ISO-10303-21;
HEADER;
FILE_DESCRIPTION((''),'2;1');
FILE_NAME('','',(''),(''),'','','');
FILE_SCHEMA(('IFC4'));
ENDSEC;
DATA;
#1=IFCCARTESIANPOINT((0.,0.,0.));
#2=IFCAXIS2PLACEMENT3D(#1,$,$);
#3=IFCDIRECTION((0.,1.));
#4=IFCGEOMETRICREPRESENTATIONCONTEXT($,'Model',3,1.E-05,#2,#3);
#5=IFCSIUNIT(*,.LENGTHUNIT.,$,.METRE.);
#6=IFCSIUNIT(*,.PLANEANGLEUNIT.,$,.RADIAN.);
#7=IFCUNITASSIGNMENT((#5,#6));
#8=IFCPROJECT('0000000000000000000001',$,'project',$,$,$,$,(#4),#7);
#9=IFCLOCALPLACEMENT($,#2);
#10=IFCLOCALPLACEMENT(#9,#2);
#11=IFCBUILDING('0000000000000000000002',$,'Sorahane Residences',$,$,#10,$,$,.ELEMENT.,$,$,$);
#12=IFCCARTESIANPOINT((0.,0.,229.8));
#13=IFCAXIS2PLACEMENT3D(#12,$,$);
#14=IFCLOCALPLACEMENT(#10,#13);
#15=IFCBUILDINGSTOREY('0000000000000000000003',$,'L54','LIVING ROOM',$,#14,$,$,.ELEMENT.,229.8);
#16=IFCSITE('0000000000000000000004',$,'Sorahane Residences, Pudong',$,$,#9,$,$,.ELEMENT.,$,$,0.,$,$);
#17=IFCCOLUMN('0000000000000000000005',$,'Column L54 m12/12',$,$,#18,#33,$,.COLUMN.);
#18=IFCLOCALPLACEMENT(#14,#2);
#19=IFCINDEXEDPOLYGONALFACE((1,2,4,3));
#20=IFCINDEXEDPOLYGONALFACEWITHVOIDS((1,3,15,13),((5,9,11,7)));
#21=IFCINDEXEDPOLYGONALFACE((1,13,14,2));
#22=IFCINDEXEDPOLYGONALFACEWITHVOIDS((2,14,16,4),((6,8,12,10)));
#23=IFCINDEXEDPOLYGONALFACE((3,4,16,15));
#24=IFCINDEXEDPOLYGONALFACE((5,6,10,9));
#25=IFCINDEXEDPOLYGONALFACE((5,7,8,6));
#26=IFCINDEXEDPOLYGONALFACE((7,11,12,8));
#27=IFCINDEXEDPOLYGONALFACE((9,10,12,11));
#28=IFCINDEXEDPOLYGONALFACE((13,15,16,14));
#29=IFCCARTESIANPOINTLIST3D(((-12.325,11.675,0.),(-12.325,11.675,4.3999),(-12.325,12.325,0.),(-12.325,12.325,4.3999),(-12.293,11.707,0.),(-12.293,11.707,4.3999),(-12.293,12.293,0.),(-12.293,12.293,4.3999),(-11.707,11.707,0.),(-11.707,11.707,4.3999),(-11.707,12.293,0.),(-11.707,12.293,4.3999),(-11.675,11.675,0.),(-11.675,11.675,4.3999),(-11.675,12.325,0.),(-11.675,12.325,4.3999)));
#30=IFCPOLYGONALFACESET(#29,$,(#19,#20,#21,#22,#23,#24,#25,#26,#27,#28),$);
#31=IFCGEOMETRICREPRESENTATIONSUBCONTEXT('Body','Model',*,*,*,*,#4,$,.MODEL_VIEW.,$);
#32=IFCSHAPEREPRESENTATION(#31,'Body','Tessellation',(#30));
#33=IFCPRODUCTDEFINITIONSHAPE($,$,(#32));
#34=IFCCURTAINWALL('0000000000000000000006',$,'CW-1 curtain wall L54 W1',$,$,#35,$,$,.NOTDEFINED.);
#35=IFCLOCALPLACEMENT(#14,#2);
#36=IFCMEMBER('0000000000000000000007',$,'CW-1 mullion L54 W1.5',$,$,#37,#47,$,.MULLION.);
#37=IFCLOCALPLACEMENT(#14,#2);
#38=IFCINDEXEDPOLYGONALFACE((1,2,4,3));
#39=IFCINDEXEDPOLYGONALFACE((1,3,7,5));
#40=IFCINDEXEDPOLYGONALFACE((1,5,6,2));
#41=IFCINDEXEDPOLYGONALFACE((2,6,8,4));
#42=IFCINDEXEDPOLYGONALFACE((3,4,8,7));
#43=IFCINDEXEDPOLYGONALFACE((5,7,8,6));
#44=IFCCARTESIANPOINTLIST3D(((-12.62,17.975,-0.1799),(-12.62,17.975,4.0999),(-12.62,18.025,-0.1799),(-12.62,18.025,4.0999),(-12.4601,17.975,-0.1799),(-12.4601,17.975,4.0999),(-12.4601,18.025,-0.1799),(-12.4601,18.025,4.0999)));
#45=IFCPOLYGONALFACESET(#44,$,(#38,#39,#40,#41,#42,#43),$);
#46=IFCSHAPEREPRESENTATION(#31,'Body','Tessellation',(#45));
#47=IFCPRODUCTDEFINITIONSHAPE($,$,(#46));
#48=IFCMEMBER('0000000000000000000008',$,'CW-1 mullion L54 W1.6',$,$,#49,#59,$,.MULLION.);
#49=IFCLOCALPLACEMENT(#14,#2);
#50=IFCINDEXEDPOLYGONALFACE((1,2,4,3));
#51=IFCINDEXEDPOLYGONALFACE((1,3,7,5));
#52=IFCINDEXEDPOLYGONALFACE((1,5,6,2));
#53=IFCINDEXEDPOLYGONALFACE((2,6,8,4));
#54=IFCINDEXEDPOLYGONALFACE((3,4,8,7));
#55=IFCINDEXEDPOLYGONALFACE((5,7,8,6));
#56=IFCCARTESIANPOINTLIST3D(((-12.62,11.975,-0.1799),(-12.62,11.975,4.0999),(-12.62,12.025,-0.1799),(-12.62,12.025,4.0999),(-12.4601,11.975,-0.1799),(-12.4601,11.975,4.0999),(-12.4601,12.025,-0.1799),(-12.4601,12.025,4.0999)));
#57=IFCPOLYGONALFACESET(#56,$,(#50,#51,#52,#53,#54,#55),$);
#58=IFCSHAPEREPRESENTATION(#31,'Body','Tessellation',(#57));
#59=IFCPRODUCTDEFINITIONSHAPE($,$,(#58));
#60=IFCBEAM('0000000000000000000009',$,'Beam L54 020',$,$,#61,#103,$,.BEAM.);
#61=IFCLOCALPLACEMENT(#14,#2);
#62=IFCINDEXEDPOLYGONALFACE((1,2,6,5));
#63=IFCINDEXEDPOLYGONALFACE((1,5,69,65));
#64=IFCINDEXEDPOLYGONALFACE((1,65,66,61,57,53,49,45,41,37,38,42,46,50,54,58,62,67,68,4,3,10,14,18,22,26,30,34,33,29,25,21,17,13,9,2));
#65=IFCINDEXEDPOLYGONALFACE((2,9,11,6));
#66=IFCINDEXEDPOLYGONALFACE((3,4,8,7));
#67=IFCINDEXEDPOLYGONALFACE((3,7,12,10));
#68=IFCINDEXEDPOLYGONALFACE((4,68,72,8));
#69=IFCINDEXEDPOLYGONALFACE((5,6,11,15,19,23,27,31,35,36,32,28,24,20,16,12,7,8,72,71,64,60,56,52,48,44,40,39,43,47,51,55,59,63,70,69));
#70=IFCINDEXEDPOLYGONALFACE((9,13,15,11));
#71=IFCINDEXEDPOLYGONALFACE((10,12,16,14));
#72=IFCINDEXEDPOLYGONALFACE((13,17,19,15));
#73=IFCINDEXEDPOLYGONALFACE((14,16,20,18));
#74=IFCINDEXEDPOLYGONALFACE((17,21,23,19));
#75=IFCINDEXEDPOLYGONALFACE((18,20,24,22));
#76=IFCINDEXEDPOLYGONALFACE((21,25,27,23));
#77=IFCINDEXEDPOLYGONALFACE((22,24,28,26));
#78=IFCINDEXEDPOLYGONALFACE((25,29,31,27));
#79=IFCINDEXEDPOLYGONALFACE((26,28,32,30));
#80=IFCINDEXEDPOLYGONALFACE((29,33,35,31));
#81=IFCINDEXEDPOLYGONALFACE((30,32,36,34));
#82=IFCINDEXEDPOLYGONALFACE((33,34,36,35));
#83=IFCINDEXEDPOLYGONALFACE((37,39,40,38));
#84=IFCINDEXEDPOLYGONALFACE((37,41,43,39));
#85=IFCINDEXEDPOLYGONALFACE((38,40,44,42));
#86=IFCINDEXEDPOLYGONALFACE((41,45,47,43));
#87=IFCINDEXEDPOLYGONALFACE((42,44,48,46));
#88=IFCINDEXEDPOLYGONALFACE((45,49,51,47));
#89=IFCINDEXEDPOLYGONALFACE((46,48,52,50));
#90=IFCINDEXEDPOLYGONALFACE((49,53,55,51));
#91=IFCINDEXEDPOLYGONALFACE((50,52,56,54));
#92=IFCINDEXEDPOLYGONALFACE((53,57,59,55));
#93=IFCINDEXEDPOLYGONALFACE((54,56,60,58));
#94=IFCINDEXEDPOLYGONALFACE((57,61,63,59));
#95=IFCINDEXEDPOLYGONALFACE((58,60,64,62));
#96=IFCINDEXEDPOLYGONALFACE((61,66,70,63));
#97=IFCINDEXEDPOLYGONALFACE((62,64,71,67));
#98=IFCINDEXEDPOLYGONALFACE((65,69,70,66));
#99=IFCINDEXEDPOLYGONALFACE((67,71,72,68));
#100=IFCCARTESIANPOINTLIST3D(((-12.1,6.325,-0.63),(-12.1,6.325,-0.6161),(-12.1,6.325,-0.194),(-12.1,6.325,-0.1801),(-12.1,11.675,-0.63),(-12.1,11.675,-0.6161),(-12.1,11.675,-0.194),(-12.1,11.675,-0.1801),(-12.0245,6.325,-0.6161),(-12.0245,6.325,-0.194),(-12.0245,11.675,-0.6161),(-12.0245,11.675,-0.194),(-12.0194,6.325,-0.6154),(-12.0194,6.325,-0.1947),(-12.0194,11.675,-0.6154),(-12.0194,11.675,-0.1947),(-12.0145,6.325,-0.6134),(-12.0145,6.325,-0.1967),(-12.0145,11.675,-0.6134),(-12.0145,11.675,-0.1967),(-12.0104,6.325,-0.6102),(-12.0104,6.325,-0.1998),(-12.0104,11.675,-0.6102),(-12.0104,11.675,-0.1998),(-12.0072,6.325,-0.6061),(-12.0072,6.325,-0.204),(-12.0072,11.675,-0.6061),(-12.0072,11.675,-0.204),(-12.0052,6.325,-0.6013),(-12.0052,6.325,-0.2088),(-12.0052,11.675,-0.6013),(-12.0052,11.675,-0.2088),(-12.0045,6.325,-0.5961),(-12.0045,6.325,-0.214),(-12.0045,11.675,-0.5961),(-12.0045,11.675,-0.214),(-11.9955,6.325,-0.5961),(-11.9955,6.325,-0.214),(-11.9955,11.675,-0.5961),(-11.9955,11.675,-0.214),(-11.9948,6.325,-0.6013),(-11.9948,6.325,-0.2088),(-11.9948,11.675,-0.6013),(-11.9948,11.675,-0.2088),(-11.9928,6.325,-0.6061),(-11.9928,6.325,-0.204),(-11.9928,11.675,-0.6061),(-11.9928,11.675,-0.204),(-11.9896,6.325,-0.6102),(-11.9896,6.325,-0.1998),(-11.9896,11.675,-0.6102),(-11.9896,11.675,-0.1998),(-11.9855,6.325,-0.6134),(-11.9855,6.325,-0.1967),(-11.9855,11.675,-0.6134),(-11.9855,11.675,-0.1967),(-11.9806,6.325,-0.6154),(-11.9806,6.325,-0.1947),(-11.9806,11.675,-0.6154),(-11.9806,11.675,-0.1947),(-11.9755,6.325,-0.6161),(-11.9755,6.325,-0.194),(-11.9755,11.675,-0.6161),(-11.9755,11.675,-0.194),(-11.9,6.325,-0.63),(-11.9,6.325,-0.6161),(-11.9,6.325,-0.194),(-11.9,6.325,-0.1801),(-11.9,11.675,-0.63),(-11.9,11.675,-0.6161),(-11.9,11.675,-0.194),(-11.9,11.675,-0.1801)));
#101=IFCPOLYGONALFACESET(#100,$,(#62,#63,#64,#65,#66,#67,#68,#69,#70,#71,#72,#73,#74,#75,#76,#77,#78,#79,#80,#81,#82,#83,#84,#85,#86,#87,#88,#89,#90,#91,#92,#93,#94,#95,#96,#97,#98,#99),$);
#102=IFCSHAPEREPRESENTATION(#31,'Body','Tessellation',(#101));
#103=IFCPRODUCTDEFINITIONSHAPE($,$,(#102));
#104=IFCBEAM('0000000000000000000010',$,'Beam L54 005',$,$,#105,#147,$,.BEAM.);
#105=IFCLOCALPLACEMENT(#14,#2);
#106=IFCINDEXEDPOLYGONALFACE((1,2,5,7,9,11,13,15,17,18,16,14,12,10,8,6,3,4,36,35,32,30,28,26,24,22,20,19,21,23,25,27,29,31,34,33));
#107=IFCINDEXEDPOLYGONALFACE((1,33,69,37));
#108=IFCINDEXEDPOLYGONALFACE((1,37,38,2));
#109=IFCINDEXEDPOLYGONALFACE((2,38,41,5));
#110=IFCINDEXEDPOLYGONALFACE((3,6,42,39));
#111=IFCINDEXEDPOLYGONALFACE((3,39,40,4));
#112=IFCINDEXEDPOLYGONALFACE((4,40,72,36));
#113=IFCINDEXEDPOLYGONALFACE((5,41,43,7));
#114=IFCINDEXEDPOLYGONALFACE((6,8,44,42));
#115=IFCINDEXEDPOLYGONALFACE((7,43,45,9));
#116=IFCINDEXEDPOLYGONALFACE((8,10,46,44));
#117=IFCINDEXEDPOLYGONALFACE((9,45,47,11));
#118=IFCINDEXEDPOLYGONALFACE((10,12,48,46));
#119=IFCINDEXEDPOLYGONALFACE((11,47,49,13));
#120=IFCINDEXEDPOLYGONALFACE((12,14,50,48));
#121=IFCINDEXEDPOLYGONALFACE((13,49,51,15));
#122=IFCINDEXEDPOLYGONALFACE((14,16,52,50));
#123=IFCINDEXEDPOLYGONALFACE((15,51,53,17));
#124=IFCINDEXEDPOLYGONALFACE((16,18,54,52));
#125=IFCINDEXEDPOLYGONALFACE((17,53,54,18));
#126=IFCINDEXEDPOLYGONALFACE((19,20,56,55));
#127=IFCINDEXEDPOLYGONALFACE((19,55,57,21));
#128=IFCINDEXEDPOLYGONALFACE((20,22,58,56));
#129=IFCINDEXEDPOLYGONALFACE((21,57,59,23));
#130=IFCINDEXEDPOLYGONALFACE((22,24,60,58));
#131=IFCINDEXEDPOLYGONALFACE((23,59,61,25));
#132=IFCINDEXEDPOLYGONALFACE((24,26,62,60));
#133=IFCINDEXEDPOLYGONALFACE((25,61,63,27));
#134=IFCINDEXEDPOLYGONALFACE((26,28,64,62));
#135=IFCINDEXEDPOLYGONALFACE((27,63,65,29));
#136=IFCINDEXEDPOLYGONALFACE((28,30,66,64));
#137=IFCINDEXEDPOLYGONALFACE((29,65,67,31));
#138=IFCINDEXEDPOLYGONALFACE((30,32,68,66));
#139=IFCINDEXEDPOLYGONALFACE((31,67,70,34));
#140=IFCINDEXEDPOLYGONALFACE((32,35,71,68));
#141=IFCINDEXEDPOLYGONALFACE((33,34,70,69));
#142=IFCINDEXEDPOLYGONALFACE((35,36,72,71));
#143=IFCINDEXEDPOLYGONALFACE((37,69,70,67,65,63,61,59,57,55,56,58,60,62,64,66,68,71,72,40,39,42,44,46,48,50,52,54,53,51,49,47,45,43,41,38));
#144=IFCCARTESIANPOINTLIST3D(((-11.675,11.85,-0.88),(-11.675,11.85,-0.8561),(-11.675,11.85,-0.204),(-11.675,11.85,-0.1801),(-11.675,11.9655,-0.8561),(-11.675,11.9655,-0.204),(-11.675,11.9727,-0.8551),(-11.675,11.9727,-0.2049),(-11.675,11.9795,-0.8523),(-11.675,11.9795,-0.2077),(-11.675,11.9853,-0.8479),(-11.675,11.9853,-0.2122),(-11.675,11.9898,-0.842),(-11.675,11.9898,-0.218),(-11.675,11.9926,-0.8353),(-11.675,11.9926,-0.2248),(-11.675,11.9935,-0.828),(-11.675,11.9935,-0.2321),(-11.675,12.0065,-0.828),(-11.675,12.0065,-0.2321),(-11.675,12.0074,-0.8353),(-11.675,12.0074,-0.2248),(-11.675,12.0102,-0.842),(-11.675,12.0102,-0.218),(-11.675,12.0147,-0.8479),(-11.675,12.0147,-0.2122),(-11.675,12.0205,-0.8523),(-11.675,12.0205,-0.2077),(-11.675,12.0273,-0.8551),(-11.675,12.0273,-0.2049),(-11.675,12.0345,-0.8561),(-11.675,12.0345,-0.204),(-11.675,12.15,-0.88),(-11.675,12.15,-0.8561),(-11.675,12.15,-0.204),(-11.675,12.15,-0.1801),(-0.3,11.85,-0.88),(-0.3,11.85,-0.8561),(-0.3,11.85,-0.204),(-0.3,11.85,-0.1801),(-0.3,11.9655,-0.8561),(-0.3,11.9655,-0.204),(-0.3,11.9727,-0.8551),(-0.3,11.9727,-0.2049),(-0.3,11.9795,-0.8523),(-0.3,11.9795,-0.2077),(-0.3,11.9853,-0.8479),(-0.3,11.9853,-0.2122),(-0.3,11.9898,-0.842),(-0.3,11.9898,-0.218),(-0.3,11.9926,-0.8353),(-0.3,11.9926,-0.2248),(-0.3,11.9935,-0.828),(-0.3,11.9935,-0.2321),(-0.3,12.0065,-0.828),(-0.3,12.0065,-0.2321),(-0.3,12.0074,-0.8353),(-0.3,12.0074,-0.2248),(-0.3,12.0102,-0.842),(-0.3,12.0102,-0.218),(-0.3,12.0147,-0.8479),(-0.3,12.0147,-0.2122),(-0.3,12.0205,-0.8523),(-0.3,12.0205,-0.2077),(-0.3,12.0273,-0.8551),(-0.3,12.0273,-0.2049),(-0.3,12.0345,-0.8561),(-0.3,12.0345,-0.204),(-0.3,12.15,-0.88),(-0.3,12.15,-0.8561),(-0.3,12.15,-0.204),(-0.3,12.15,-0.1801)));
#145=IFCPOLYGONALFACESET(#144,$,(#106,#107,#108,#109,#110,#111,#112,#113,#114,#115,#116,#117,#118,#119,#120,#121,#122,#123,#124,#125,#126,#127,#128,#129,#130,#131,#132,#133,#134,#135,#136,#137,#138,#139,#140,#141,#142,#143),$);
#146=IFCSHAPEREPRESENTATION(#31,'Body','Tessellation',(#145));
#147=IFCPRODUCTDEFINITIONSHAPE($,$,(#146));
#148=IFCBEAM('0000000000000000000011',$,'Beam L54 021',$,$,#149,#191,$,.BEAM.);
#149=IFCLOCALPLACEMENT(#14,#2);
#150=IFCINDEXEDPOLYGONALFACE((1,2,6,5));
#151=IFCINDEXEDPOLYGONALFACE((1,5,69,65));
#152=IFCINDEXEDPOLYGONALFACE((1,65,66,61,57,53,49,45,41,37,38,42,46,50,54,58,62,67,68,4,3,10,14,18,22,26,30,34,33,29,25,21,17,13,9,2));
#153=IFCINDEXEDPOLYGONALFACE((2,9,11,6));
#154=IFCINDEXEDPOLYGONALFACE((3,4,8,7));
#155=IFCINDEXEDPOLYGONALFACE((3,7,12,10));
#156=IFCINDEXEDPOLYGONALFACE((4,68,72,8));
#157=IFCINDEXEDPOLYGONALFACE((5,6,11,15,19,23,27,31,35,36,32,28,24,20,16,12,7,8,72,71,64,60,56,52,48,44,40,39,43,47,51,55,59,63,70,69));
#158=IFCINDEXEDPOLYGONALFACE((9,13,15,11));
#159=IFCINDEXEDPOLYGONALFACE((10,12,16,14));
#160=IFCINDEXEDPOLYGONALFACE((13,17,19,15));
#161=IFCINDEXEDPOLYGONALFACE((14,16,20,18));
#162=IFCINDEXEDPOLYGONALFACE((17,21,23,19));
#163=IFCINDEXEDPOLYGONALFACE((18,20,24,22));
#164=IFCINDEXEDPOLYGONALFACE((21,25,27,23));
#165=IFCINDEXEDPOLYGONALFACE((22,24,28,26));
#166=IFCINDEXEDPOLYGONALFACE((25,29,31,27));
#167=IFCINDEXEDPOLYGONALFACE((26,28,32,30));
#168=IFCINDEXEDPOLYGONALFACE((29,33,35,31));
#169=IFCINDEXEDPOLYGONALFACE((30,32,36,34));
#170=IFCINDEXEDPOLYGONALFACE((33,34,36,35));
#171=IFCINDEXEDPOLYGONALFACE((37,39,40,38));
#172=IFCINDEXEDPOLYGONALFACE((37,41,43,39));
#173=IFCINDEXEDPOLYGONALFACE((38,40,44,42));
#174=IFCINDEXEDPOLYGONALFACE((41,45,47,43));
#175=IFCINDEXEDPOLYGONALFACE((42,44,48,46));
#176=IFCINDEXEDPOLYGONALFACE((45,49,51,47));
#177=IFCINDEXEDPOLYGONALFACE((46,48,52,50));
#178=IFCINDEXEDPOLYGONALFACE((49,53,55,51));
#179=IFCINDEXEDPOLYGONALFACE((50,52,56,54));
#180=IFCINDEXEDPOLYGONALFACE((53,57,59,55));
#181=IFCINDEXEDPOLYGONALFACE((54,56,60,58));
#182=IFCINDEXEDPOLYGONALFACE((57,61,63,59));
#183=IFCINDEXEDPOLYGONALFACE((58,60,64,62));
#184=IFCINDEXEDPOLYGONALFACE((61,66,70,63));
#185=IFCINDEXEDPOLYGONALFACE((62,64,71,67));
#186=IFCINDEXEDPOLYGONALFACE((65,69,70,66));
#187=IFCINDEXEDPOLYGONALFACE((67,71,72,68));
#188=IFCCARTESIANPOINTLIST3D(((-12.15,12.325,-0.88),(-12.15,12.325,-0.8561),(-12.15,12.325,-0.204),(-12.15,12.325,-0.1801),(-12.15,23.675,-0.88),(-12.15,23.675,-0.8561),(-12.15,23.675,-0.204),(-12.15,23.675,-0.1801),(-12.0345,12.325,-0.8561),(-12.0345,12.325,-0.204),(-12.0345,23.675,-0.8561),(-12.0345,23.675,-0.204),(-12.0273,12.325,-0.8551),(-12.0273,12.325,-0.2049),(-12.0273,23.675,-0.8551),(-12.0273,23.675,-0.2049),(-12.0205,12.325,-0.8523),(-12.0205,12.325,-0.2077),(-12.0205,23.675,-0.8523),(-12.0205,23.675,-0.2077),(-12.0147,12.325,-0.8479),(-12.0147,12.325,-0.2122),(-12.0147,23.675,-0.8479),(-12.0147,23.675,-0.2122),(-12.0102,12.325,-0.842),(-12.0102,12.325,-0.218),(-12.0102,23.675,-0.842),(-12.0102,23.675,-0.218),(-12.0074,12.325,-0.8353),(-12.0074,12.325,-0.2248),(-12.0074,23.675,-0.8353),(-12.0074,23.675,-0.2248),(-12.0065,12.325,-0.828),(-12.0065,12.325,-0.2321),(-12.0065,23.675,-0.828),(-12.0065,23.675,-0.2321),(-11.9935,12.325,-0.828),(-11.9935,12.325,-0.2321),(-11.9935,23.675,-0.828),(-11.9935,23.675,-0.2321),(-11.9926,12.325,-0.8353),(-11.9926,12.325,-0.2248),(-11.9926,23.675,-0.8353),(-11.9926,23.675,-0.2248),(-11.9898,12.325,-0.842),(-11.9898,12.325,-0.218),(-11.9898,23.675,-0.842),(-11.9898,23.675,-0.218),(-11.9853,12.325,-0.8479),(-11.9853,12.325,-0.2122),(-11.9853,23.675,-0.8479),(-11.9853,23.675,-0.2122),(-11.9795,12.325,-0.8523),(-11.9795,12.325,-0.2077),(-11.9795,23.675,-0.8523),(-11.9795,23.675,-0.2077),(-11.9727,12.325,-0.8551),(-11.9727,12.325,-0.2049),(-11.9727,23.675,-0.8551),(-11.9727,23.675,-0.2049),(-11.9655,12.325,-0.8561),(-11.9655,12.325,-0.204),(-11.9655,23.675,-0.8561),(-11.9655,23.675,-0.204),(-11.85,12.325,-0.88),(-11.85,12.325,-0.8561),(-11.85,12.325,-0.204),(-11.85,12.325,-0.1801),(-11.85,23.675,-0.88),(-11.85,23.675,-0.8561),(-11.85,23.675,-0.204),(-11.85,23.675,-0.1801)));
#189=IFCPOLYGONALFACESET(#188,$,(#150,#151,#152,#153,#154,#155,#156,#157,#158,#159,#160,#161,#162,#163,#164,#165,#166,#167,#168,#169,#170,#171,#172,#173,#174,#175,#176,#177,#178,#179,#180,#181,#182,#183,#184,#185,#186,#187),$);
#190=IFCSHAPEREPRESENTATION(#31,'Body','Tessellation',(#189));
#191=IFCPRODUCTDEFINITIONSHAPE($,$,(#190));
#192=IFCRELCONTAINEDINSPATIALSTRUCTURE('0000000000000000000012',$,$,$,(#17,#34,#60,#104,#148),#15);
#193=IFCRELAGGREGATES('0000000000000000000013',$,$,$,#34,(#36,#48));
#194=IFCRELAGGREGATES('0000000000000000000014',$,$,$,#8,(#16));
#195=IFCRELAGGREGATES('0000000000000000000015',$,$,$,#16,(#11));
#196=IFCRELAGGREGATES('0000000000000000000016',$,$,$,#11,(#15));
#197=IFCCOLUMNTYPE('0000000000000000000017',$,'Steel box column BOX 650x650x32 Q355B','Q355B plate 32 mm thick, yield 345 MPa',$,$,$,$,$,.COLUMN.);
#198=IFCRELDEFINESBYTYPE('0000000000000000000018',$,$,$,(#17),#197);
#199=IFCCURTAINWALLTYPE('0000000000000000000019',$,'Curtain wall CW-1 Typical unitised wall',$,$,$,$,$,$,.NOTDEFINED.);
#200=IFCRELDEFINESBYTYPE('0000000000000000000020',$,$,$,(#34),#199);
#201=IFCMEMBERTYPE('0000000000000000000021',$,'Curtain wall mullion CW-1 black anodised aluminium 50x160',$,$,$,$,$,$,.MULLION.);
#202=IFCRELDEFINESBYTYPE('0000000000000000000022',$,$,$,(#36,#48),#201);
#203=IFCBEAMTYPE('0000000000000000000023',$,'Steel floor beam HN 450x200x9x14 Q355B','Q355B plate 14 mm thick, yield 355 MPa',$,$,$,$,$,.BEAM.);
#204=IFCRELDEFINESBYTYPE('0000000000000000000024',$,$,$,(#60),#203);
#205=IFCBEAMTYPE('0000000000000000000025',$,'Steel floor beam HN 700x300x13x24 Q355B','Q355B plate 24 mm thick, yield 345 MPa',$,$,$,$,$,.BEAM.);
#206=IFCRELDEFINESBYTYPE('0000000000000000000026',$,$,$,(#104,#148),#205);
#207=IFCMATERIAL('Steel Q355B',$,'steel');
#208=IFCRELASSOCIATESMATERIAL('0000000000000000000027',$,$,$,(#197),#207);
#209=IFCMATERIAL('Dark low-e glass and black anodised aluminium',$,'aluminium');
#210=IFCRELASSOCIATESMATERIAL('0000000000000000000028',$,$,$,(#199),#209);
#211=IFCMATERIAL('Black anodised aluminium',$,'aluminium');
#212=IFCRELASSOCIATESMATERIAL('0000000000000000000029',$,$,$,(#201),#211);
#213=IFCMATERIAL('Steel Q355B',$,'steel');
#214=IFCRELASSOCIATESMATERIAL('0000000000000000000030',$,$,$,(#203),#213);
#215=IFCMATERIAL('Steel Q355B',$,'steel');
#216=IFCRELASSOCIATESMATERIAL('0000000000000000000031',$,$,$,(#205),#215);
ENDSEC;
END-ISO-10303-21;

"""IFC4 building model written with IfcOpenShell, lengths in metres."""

from ifc_helpers import new_model, si_unit, direction, frame, origin, origin_2d, place, context, subcontext, project, spatial, rectangle, hollow_rectangle, i_section, extrude, material, material_profile, profile_set, type_object, element, aggregate, save


model = new_model("IFC4")

# Units and contexts
model_context = context("Model", 3, precision=1e-05, world=origin(), true_north=direction((0.0, 1.0)))
body_context = subcontext(model_context, "Body", "Model", "MODEL_VIEW")
ifc_project = project(units=[si_unit("LENGTHUNIT", "METRE"), si_unit("PLANEANGLEUNIT", "RADIAN")], contexts=[model_context])

# Site, building, storey
site_placement = place(None, origin())
site = spatial("IfcSite", under=ifc_project, at=site_placement, Name="Sorahane Residences, Pudong", CompositionType="ELEMENT", RefElevation=0.0)
building_placement = place(site_placement, origin())
building = spatial("IfcBuilding", under=site, at=building_placement, Name="Sorahane Residences", CompositionType="ELEMENT")
storey_placement = place(building_placement, frame((0.0, 0.0, 229.8)))
storey = spatial("IfcBuildingStorey", under=building, at=storey_placement, Name="L54", Description="LIVING ROOM", CompositionType="ELEMENT", Elevation=229.8)

# Column
ifc_material_1 = material(Name="Steel Q355B", Category="steel")
ifc_material_profile_1 = material_profile(ifc_material_1, hollow_rectangle(XDim=0.6499, YDim=0.6499, WallThickness=0.032, at=origin_2d()), Name="BOX 650x650x32")
ifc_profile_set_1 = profile_set([ifc_material_profile_1], Name="Steel Q355B")
column_type = type_object("IfcColumnType", Name="Steel box column BOX 650x650x32 Q355B", Description="Q355B plate 32 mm thick, yield 345 MPa", PredefinedType="COLUMN", material=ifc_profile_set_1)
column_placement = place(storey_placement, frame((-12.0, 12.0, 0.0), z_axis=(0.0, 0.0, 1.0), x_axis=(1.0, 0.0, 0.0)))
element("IfcColumn", 1, at=column_placement, inside=storey, type_object=column_type, Name="Column L54 m12/12", PredefinedType="COLUMN", context=body_context, shape_type="SweptSolid", body=[
    extrude(hollow_rectangle(XDim=0.6499, YDim=0.6499, WallThickness=0.032, at=origin_2d()), origin(), (0.0, 0.0, 1.0), 4.3999),
])

# Curtain wall, members
ifc_material_2 = material(Name="Dark low-e glass and black anodised aluminium", Category="aluminium")
curtain_wall_type = type_object("IfcCurtainWallType", Name="Curtain wall CW-1 Typical unitised wall", PredefinedType="NOTDEFINED", material=ifc_material_2)
curtain_wall_placement = place(storey_placement, origin())
curtain_wall = element("IfcCurtainWall", 2, at=curtain_wall_placement, inside=storey, type_object=curtain_wall_type, Name="CW-1 curtain wall L54 W1", PredefinedType="NOTDEFINED")
ifc_material_3 = material(Name="Black anodised aluminium", Category="aluminium")
ifc_material_profile_2 = material_profile(ifc_material_3, rectangle(XDim=0.1599, YDim=0.05, at=origin_2d()), Name="Curtain wall mullion CW-1 black anodised aluminium 50x160")
ifc_profile_set_2 = profile_set([ifc_material_profile_2], Name="Black anodised aluminium")
member_type = type_object("IfcMemberType", Name="Curtain wall mullion CW-1 black anodised aluminium 50x160", PredefinedType="MULLION", material=ifc_profile_set_2)
member_1_placement = place(storey_placement, frame((-12.54, 18.0, -0.1799), z_axis=(0.0, 0.0, 1.0), x_axis=(-1.0, 0.0, 0.0)))
member_1 = element("IfcMember", 3, at=member_1_placement, type_object=member_type, Name="CW-1 mullion L54 W1.5", PredefinedType="MULLION", context=body_context, shape_type="SweptSolid", body=[
    extrude(rectangle(XDim=0.1599, YDim=0.05, at=origin_2d()), origin(), (0.0, 0.0, 1.0), 4.2798),
])
member_2_placement = place(storey_placement, frame((-12.54, 12.0, -0.1799), z_axis=(0.0, 0.0, 1.0), x_axis=(-1.0, 0.0, 0.0)))
member_2 = element("IfcMember", 4, at=member_2_placement, type_object=member_type, Name="CW-1 mullion L54 W1.6", PredefinedType="MULLION", context=body_context, shape_type="SweptSolid", body=[
    extrude(rectangle(XDim=0.1599, YDim=0.05, at=origin_2d()), origin(), (0.0, 0.0, 1.0), 4.2798),
])

# Beams
ifc_material_4 = material(Name="Steel Q355B", Category="steel")
ifc_material_profile_3 = material_profile(ifc_material_4, i_section(OverallWidth=0.2, OverallDepth=0.45, WebThickness=0.009, FlangeThickness=0.0139, FilletRadius=0.02, at=origin_2d()), Name="HN 450x200x9x14")
ifc_profile_set_3 = profile_set([ifc_material_profile_3], Name="Steel Q355B")
beam_type_1 = type_object("IfcBeamType", Name="Steel floor beam HN 450x200x9x14 Q355B", Description="Q355B plate 14 mm thick, yield 355 MPa", PredefinedType="BEAM", material=ifc_profile_set_3)
beam_1_placement = place(storey_placement, frame((-12.0, 6.325, -0.405), z_axis=(0.0, 1.0, 0.0), x_axis=(-1.0, 0.0, 0.0)))
element("IfcBeam", 5, at=beam_1_placement, inside=storey, type_object=beam_type_1, Name="Beam L54 020", PredefinedType="BEAM", context=body_context, shape_type="SweptSolid", body=[
    extrude(i_section(OverallWidth=0.2, OverallDepth=0.45, WebThickness=0.009, FlangeThickness=0.0139, FilletRadius=0.02, at=origin_2d()), origin(), (0.0, 0.0, 1.0), 5.3501),
])
ifc_material_5 = material(Name="Steel Q355B", Category="steel")
ifc_material_profile_4 = material_profile(ifc_material_5, i_section(OverallWidth=0.3, OverallDepth=0.7, WebThickness=0.0129, FlangeThickness=0.0239, FilletRadius=0.0281, at=origin_2d()), Name="HN 700x300x13x24")
ifc_profile_set_4 = profile_set([ifc_material_profile_4], Name="Steel Q355B")
beam_type_2 = type_object("IfcBeamType", Name="Steel floor beam HN 700x300x13x24 Q355B", Description="Q355B plate 24 mm thick, yield 345 MPa", PredefinedType="BEAM", material=ifc_profile_set_4)
beam_2_placement = place(storey_placement, frame((-11.675, 12.0, -0.53), z_axis=(1.0, 0.0, 0.0), x_axis=(0.0, 1.0, 0.0)))
element("IfcBeam", 6, at=beam_2_placement, inside=storey, type_object=beam_type_2, Name="Beam L54 005", PredefinedType="BEAM", context=body_context, shape_type="SweptSolid", body=[
    extrude(i_section(OverallWidth=0.3, OverallDepth=0.7, WebThickness=0.0129, FlangeThickness=0.0239, FilletRadius=0.0281, at=origin_2d()), origin(), (0.0, 0.0, 1.0), 11.375),
])
beam_3_placement = place(storey_placement, frame((-12.0, 12.325, -0.53), z_axis=(0.0, 1.0, 0.0), x_axis=(-1.0, 0.0, 0.0)))
element("IfcBeam", 7, at=beam_3_placement, inside=storey, type_object=beam_type_2, Name="Beam L54 021", PredefinedType="BEAM", context=body_context, shape_type="SweptSolid", body=[
    extrude(i_section(OverallWidth=0.3, OverallDepth=0.7, WebThickness=0.0129, FlangeThickness=0.0239, FilletRadius=0.0281, at=origin_2d()), origin(), (0.0, 0.0, 1.0), 11.3501),
])

aggregate(curtain_wall, [member_1, member_2])

save(model, "model.ifc")
